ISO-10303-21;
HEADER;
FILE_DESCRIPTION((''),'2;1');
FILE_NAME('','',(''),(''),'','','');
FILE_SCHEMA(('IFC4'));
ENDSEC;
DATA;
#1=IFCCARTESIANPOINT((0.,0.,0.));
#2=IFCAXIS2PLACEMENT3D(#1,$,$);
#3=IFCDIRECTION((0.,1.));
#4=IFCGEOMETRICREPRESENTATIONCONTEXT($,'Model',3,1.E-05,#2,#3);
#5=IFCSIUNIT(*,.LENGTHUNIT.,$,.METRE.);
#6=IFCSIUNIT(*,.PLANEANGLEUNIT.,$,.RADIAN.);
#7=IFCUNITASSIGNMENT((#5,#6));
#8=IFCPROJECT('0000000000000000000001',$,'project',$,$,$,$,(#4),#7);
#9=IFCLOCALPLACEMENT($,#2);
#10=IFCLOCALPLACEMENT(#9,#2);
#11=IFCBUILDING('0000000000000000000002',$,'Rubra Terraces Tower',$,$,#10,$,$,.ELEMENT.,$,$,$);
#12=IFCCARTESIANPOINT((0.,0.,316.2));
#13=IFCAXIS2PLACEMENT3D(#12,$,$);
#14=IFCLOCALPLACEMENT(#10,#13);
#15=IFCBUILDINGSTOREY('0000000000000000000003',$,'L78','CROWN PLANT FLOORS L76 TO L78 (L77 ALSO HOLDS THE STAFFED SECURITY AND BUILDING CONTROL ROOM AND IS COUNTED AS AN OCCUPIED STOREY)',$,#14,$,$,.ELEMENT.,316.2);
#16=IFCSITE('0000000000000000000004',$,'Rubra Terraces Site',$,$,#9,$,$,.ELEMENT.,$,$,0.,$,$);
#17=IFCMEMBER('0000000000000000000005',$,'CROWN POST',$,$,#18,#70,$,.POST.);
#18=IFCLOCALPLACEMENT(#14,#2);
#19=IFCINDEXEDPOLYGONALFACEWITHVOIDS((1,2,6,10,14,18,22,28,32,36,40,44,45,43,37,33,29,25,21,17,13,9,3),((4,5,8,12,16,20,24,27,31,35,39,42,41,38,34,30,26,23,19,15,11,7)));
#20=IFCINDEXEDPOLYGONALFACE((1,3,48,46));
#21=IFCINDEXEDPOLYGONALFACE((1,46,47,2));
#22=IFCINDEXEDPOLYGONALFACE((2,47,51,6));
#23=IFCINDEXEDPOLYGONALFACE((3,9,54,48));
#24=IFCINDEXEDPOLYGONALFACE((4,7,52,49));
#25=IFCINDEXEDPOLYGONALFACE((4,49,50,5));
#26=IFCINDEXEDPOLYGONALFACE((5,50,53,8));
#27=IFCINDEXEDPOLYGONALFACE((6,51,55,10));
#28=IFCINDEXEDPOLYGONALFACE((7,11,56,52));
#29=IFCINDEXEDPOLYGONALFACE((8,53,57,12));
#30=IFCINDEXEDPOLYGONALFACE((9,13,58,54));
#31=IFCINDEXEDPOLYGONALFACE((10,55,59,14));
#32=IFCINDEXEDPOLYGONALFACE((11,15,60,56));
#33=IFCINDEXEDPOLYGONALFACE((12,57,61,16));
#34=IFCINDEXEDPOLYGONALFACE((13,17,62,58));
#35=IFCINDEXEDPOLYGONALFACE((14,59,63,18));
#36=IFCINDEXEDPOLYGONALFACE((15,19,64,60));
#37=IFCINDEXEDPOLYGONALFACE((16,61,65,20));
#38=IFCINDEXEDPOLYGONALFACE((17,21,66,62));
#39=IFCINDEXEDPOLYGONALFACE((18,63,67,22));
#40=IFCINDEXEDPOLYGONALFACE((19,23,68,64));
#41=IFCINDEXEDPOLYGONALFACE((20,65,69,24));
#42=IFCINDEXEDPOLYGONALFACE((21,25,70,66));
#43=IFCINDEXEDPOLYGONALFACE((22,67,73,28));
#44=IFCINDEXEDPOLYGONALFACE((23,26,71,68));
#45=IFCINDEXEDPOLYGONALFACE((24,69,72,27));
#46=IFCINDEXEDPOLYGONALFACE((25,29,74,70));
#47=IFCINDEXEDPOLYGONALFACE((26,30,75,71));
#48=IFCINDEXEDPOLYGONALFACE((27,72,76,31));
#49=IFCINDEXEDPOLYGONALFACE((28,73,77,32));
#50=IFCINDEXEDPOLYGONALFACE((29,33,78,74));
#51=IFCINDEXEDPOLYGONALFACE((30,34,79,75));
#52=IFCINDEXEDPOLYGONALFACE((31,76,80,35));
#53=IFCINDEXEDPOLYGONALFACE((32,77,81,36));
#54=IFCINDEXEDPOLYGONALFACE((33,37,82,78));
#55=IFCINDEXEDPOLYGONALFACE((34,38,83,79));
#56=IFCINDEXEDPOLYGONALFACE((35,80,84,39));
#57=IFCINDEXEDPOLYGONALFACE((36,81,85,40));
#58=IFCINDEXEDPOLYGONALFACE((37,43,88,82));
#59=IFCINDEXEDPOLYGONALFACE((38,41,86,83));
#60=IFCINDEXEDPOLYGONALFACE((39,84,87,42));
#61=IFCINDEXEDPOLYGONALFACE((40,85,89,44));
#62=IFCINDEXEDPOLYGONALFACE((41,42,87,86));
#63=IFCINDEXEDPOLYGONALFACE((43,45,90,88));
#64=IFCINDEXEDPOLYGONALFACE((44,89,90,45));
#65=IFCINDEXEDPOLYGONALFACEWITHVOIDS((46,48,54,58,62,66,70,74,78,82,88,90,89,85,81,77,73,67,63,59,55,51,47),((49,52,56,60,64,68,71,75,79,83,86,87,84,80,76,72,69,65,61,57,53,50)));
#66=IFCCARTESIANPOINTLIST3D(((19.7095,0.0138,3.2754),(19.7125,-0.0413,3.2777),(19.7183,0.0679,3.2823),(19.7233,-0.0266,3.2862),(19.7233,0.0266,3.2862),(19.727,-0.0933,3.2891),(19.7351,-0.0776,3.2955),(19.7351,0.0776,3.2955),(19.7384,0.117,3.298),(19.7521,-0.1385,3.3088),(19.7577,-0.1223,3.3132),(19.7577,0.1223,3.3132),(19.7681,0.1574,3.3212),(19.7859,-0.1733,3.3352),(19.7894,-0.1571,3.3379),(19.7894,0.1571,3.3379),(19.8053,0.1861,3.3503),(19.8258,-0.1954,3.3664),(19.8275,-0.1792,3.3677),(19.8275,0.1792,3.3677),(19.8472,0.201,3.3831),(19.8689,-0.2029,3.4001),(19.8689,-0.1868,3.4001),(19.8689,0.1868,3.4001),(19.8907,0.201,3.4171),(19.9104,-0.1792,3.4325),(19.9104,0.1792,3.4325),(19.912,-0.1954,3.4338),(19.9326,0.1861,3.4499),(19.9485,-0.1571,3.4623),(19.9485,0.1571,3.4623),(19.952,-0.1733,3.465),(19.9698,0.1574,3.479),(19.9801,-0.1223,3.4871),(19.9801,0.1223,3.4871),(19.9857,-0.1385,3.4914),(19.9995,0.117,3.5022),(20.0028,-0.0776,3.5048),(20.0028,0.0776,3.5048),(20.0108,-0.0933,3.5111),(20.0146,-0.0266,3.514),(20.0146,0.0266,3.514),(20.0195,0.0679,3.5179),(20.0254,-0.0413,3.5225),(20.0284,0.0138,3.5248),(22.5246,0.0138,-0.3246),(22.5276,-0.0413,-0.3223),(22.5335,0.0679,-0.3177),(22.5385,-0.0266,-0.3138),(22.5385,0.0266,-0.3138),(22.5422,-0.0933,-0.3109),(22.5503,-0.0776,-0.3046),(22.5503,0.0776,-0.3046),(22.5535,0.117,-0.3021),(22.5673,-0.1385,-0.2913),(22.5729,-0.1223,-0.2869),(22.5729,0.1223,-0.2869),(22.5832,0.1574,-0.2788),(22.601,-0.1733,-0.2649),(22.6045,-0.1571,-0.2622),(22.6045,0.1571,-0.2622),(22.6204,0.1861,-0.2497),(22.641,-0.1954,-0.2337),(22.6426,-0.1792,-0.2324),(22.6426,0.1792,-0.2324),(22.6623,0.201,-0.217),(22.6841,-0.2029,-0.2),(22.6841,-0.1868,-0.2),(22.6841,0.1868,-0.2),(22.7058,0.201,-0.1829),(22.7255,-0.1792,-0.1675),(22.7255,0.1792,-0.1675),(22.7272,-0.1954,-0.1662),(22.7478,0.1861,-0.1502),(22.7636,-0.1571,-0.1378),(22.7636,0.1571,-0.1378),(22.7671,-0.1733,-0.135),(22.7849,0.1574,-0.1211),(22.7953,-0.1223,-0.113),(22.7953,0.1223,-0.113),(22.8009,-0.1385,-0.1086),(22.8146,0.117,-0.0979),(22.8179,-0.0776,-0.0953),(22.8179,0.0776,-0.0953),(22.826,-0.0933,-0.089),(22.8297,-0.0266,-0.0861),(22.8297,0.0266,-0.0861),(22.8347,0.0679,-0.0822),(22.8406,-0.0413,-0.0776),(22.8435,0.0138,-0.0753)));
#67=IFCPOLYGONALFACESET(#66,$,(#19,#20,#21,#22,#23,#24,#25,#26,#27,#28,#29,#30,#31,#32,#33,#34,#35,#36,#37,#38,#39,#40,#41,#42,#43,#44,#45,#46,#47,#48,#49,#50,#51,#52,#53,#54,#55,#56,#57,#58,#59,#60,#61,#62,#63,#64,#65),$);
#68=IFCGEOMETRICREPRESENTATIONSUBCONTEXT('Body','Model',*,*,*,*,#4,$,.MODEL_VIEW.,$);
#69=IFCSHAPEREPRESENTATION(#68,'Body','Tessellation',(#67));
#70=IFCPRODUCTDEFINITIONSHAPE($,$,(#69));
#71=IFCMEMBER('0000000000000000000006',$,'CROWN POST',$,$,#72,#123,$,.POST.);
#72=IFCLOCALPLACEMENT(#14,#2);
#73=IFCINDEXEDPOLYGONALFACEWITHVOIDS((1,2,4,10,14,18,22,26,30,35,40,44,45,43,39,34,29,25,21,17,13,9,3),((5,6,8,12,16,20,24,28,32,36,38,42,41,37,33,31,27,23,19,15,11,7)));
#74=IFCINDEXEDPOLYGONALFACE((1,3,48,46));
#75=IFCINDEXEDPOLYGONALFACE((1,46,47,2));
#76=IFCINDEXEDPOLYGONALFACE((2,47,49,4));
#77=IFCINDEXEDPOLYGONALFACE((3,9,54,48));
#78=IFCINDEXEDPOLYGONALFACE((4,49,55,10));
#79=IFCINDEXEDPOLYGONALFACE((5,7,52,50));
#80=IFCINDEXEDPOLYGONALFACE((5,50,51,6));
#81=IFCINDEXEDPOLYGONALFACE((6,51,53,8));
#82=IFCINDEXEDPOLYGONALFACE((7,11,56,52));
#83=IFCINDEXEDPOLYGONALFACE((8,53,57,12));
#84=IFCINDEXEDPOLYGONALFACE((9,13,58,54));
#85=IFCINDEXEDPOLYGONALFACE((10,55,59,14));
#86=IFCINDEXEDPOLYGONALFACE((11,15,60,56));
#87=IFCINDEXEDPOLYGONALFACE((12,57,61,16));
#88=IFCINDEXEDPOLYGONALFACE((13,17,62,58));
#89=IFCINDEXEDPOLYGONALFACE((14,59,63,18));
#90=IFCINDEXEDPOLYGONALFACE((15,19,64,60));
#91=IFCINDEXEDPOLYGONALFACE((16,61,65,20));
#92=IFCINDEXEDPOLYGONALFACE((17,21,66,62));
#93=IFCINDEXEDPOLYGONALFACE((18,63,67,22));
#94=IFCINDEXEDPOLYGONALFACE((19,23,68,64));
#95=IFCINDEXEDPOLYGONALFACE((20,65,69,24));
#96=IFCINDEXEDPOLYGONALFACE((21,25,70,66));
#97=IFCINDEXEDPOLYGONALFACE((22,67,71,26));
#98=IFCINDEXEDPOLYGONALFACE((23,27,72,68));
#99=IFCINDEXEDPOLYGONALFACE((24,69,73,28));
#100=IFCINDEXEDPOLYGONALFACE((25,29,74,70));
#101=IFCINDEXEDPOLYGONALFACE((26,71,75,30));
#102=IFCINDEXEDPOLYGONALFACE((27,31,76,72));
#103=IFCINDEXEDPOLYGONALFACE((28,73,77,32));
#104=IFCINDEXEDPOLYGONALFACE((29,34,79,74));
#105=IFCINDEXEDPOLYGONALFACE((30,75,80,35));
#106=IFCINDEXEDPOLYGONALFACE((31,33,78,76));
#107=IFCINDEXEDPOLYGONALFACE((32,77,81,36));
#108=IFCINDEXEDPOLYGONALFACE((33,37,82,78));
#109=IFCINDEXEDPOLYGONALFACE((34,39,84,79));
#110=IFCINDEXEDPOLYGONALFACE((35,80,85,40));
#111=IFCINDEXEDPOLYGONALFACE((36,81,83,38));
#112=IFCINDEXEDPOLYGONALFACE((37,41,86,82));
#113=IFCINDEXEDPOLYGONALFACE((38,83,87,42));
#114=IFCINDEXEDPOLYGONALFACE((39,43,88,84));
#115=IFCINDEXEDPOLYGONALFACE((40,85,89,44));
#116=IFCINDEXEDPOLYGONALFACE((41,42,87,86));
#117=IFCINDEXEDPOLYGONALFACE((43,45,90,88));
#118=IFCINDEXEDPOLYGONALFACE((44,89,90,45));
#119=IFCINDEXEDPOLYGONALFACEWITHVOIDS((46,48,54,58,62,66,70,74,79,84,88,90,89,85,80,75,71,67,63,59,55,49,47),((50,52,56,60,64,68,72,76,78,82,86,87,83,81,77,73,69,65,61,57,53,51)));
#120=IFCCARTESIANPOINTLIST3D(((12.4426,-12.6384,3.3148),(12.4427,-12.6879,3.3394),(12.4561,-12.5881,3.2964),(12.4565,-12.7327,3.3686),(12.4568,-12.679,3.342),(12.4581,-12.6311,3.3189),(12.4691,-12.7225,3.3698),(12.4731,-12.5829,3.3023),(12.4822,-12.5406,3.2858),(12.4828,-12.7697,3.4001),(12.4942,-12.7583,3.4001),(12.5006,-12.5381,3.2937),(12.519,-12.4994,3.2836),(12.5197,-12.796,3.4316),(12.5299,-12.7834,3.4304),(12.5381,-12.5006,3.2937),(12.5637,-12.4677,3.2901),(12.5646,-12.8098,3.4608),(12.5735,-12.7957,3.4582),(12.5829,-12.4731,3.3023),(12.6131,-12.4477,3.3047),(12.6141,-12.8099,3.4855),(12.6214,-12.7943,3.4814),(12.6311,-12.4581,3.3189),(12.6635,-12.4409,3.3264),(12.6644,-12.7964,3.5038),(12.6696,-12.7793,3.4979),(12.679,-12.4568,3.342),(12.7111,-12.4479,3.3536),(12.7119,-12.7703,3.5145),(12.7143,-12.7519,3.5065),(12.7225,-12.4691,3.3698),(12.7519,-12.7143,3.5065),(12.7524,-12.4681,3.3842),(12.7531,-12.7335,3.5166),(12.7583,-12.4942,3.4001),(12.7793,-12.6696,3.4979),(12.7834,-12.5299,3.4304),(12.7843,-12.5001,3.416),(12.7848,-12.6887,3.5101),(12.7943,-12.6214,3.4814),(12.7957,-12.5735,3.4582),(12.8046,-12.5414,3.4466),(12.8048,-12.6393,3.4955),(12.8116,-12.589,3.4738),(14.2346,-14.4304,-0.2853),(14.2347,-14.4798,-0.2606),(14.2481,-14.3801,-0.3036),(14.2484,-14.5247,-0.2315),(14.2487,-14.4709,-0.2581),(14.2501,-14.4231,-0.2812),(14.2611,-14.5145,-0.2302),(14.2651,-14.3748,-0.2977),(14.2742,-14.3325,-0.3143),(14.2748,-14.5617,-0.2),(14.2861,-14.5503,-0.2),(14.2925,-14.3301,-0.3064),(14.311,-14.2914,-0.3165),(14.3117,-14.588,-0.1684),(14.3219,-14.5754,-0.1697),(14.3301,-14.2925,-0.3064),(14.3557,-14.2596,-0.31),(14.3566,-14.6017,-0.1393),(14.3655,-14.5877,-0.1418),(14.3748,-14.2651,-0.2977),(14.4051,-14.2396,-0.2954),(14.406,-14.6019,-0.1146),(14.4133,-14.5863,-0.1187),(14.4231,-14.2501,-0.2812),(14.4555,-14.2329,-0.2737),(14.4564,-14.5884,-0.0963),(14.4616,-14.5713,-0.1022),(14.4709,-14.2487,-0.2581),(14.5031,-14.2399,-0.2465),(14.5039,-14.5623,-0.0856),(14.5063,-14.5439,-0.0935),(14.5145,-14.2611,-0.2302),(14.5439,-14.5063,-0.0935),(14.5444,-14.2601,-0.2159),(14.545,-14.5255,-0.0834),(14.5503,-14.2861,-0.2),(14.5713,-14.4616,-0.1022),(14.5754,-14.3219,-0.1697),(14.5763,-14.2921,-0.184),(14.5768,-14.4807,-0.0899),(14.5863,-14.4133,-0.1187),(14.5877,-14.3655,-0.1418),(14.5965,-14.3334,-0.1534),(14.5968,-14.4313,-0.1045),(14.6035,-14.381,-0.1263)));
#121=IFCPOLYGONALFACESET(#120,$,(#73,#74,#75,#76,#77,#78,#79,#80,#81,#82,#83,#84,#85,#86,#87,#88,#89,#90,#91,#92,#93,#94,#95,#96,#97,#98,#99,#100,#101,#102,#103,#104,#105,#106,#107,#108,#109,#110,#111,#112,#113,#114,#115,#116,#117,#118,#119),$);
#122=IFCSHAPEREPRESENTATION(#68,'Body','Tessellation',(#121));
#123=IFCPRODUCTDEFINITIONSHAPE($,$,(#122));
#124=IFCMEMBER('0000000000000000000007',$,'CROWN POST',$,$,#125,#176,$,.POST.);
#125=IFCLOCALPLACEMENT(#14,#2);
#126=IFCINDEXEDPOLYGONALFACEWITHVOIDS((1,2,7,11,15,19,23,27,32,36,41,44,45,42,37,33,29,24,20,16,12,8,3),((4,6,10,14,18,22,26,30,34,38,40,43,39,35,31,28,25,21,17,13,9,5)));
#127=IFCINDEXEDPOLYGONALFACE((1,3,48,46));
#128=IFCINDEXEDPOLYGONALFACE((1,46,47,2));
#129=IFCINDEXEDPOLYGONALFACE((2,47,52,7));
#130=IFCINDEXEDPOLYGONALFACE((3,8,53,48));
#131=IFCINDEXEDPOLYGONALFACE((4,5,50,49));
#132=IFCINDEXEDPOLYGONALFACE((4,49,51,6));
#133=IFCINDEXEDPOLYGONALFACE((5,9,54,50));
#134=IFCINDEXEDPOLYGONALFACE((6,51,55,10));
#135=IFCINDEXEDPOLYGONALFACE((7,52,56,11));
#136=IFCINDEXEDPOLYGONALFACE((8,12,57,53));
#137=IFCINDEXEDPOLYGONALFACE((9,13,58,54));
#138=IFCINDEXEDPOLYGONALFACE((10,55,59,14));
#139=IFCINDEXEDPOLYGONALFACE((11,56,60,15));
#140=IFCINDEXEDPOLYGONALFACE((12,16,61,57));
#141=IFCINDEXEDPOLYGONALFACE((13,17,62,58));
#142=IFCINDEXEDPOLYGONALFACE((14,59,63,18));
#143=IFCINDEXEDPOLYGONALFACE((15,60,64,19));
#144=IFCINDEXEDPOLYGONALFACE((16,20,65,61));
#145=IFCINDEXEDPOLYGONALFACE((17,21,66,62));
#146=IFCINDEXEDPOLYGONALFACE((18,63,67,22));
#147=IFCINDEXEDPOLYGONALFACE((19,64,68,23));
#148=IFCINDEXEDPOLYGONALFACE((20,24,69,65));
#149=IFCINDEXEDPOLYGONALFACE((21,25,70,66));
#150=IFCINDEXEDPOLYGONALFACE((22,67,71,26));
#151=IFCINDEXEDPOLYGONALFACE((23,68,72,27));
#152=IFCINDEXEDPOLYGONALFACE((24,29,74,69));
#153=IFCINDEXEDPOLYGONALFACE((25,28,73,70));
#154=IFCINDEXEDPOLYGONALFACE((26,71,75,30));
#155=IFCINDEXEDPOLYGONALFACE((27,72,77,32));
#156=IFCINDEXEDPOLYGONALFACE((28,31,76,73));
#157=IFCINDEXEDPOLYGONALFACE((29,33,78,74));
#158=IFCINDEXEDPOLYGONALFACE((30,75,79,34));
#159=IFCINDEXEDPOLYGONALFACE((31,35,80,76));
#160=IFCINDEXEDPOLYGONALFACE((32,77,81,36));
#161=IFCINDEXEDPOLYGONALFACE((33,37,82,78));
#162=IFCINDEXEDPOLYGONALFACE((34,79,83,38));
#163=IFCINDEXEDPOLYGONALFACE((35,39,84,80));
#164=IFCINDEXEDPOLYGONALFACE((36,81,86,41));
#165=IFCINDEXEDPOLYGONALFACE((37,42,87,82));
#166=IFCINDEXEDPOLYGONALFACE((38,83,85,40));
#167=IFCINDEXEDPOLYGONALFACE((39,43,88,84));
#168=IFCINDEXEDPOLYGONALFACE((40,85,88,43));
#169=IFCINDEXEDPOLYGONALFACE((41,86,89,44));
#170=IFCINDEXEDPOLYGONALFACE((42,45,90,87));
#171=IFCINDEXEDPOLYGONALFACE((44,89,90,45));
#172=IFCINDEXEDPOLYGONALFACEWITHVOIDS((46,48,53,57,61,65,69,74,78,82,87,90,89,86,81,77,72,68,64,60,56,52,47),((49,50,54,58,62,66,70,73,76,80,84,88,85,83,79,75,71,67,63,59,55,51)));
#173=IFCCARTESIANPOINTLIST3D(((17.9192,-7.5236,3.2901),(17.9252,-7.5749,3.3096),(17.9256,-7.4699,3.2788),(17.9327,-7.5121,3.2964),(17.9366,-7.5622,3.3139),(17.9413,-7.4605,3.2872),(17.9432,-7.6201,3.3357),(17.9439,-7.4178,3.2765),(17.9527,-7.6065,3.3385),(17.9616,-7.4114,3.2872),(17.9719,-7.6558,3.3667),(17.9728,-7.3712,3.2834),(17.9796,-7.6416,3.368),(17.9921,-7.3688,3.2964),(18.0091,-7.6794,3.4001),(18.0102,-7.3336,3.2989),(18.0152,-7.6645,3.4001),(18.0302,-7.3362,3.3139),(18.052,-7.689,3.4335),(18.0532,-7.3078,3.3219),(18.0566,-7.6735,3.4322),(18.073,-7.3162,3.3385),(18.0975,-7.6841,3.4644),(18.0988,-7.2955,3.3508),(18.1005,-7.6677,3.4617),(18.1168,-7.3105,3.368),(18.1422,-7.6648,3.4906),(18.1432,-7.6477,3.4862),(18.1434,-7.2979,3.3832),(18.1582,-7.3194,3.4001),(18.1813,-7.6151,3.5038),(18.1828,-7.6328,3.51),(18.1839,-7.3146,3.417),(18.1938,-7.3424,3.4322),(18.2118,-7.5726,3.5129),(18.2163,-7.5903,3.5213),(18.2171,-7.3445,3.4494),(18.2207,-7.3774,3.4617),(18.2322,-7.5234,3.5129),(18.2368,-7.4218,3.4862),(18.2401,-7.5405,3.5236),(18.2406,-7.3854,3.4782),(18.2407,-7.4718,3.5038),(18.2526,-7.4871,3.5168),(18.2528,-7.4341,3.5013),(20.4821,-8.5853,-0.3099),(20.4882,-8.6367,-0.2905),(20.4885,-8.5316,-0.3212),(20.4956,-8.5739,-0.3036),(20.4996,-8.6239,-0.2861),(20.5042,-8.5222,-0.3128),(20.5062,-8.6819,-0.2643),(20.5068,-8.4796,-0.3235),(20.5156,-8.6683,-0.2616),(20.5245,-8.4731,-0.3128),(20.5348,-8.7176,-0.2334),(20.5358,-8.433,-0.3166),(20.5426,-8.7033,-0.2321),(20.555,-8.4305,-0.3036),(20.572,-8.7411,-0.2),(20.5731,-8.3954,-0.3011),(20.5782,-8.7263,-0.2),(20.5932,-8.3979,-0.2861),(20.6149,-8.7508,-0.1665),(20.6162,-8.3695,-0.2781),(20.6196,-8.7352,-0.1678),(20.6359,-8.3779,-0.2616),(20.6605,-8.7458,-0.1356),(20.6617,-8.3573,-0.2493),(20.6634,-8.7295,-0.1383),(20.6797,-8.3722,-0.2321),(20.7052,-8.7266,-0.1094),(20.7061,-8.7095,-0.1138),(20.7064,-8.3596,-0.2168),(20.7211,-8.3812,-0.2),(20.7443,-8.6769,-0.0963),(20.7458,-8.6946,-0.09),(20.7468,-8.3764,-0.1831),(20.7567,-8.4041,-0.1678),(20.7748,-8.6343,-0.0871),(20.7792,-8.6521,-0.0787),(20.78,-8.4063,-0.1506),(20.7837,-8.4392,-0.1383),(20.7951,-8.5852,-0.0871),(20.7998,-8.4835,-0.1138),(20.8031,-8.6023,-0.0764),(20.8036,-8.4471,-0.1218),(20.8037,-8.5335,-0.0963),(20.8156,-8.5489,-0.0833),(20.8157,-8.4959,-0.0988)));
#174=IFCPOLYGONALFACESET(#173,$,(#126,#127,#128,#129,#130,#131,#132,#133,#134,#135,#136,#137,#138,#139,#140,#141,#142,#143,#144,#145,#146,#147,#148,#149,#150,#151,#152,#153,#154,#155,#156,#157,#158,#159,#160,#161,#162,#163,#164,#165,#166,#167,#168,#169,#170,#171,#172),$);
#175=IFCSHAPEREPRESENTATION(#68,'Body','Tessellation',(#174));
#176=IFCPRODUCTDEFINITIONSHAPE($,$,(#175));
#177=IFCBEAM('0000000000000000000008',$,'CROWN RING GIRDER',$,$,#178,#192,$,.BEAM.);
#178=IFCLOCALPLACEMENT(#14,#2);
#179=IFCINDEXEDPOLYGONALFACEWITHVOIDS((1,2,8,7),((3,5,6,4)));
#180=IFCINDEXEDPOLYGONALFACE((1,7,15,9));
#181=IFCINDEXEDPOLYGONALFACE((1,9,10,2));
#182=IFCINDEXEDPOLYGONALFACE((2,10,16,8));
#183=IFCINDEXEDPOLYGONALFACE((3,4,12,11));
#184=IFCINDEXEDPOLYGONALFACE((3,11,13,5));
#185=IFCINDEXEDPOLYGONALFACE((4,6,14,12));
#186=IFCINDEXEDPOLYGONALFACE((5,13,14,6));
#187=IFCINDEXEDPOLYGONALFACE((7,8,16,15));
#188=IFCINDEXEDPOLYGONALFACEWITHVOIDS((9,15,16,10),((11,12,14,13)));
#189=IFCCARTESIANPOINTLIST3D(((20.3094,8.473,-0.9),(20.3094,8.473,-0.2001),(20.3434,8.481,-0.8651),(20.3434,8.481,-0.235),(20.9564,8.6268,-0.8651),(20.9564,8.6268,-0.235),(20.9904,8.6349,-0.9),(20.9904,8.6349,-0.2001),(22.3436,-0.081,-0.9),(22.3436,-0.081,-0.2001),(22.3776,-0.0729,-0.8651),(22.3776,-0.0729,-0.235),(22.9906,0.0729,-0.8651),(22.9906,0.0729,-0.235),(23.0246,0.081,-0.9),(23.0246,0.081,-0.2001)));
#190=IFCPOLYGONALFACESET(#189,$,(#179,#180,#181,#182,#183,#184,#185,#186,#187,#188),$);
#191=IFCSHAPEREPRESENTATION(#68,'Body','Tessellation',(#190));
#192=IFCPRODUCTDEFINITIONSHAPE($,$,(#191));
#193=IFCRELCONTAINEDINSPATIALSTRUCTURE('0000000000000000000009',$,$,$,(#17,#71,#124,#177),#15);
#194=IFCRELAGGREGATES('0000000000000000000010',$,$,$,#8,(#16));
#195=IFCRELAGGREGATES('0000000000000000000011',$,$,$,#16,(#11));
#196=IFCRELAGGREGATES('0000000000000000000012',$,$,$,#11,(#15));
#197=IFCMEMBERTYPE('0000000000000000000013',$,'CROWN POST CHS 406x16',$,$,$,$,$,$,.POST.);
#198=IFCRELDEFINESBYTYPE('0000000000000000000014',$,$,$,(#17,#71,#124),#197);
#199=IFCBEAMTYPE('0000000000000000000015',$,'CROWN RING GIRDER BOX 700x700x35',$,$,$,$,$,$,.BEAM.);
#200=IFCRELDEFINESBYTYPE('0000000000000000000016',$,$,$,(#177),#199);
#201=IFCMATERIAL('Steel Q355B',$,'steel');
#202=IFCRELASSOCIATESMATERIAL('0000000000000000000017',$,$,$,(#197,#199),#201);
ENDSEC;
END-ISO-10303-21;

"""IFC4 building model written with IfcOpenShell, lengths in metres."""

from ifc_helpers import new_model, si_unit, direction, frame, origin, origin_2d, place, context, subcontext, project, spatial, hollow_rectangle, hollow_circle, extrude, material, material_profile, profile_set, type_object, element, save


model = new_model("IFC4")

# Units and contexts
model_context = context("Model", 3, precision=1e-05, world=origin(), true_north=direction((0.0, 1.0)))
body_context = subcontext(model_context, "Body", "Model", "MODEL_VIEW")
ifc_project = project(units=[si_unit("LENGTHUNIT", "METRE"), si_unit("PLANEANGLEUNIT", "RADIAN")], contexts=[model_context])

# Site, building, storey
site_placement = place(None, origin())
site = spatial("IfcSite", under=ifc_project, at=site_placement, Name="Rubra Terraces Site", CompositionType="ELEMENT", RefElevation=0.0)
building_placement = place(site_placement, origin())
building = spatial("IfcBuilding", under=site, at=building_placement, Name="Rubra Terraces Tower", CompositionType="ELEMENT")
storey_placement = place(building_placement, frame((0.0, 0.0, 316.2)))
storey = spatial("IfcBuildingStorey", under=building, at=storey_placement, Name="L78", Description="CROWN PLANT FLOORS L76 TO L78 (L77 ALSO HOLDS THE STAFFED SECURITY AND BUILDING CONTROL ROOM AND IS COUNTED AS AN OCCUPIED STOREY)", CompositionType="ELEMENT", Elevation=316.2)

# Members
ifc_material_1 = material(Name="Steel Q355B", Category="steel")
ifc_material_profile_1 = material_profile(ifc_material_1, hollow_circle(Radius=0.2029, WallThickness=0.0161, at=origin_2d()), Name="CHS 406x16")
ifc_profile_set_1 = profile_set([ifc_material_profile_1], Name="Steel Q355B")
member_type_1 = type_object("IfcMemberType", Name="CROWN POST CHS 406x16", PredefinedType="POST", material=ifc_profile_set_1)
member_1_placement = place(storey_placement, frame((22.6841, 0.0, -0.2), z_axis=(-0.615999, 0.0, 0.787747), x_axis=(0.0, -1.0, 0.0)))
element("IfcMember", 1, at=member_1_placement, inside=storey, type_object=member_type_1, Name="CROWN POST", PredefinedType="POST", context=body_context, shape_type="SweptSolid", body=[
    extrude(hollow_circle(Radius=0.2029, WallThickness=0.0161, at=origin_2d()), origin(), (0.0, 0.0, 1.0), 4.5701),
])
member_2_placement = place(storey_placement, frame((14.4182, -14.4182, -0.2), z_axis=(-0.407027, 0.407027, 0.817715), x_axis=(-0.707107, -0.707107, 0.0)))
element("IfcMember", 2, at=member_2_placement, inside=storey, type_object=member_type_1, Name="CROWN POST", PredefinedType="POST", context=body_context, shape_type="SweptSolid", body=[
    extrude(hollow_circle(Radius=0.2029, WallThickness=0.0161, at=origin_2d()), origin(), (0.0, 0.0, 1.0), 4.4026),
])
member_3_placement = place(storey_placement, frame((20.6497, -8.5537, -0.2), z_axis=(-0.563915, 0.233613, 0.792102), x_axis=(-0.382727, -0.923861, 0.0)))
element("IfcMember", 3, at=member_3_placement, inside=storey, type_object=member_type_1, Name="CROWN POST", PredefinedType="POST", context=body_context, shape_type="SweptSolid", body=[
    extrude(hollow_circle(Radius=0.2029, WallThickness=0.0161, at=origin_2d()), origin(), (0.0, 0.0, 1.0), 4.5449),
])

# Beam
ifc_material_profile_2 = material_profile(ifc_material_1, hollow_rectangle(XDim=0.7, YDim=0.7, WallThickness=0.0349, at=origin_2d()), Name="BOX 700x700x35")
ifc_profile_set_2 = profile_set([ifc_material_profile_2], Name="Steel Q355B")
beam_type_1 = type_object("IfcBeamType", Name="CROWN RING GIRDER BOX 700x700x35", PredefinedType="BEAM", material=ifc_profile_set_2)
beam_1_placement = place(storey_placement, frame((22.6841, 0.0, -0.55), z_axis=(-0.231354, 0.97287, 0.0), x_axis=(-0.97287, -0.231354, 0.0)))
element("IfcBeam", 4, at=beam_1_placement, inside=storey, type_object=beam_type_1, Name="CROWN RING GIRDER", PredefinedType="BEAM", context=body_context, shape_type="SweptSolid", body=[
    extrude(hollow_rectangle(XDim=0.7, YDim=0.7, WallThickness=0.0349, at=origin_2d()), origin(), (0.0, 0.0, 1.0), 8.7925),
])

save(model, "model.ifc")
